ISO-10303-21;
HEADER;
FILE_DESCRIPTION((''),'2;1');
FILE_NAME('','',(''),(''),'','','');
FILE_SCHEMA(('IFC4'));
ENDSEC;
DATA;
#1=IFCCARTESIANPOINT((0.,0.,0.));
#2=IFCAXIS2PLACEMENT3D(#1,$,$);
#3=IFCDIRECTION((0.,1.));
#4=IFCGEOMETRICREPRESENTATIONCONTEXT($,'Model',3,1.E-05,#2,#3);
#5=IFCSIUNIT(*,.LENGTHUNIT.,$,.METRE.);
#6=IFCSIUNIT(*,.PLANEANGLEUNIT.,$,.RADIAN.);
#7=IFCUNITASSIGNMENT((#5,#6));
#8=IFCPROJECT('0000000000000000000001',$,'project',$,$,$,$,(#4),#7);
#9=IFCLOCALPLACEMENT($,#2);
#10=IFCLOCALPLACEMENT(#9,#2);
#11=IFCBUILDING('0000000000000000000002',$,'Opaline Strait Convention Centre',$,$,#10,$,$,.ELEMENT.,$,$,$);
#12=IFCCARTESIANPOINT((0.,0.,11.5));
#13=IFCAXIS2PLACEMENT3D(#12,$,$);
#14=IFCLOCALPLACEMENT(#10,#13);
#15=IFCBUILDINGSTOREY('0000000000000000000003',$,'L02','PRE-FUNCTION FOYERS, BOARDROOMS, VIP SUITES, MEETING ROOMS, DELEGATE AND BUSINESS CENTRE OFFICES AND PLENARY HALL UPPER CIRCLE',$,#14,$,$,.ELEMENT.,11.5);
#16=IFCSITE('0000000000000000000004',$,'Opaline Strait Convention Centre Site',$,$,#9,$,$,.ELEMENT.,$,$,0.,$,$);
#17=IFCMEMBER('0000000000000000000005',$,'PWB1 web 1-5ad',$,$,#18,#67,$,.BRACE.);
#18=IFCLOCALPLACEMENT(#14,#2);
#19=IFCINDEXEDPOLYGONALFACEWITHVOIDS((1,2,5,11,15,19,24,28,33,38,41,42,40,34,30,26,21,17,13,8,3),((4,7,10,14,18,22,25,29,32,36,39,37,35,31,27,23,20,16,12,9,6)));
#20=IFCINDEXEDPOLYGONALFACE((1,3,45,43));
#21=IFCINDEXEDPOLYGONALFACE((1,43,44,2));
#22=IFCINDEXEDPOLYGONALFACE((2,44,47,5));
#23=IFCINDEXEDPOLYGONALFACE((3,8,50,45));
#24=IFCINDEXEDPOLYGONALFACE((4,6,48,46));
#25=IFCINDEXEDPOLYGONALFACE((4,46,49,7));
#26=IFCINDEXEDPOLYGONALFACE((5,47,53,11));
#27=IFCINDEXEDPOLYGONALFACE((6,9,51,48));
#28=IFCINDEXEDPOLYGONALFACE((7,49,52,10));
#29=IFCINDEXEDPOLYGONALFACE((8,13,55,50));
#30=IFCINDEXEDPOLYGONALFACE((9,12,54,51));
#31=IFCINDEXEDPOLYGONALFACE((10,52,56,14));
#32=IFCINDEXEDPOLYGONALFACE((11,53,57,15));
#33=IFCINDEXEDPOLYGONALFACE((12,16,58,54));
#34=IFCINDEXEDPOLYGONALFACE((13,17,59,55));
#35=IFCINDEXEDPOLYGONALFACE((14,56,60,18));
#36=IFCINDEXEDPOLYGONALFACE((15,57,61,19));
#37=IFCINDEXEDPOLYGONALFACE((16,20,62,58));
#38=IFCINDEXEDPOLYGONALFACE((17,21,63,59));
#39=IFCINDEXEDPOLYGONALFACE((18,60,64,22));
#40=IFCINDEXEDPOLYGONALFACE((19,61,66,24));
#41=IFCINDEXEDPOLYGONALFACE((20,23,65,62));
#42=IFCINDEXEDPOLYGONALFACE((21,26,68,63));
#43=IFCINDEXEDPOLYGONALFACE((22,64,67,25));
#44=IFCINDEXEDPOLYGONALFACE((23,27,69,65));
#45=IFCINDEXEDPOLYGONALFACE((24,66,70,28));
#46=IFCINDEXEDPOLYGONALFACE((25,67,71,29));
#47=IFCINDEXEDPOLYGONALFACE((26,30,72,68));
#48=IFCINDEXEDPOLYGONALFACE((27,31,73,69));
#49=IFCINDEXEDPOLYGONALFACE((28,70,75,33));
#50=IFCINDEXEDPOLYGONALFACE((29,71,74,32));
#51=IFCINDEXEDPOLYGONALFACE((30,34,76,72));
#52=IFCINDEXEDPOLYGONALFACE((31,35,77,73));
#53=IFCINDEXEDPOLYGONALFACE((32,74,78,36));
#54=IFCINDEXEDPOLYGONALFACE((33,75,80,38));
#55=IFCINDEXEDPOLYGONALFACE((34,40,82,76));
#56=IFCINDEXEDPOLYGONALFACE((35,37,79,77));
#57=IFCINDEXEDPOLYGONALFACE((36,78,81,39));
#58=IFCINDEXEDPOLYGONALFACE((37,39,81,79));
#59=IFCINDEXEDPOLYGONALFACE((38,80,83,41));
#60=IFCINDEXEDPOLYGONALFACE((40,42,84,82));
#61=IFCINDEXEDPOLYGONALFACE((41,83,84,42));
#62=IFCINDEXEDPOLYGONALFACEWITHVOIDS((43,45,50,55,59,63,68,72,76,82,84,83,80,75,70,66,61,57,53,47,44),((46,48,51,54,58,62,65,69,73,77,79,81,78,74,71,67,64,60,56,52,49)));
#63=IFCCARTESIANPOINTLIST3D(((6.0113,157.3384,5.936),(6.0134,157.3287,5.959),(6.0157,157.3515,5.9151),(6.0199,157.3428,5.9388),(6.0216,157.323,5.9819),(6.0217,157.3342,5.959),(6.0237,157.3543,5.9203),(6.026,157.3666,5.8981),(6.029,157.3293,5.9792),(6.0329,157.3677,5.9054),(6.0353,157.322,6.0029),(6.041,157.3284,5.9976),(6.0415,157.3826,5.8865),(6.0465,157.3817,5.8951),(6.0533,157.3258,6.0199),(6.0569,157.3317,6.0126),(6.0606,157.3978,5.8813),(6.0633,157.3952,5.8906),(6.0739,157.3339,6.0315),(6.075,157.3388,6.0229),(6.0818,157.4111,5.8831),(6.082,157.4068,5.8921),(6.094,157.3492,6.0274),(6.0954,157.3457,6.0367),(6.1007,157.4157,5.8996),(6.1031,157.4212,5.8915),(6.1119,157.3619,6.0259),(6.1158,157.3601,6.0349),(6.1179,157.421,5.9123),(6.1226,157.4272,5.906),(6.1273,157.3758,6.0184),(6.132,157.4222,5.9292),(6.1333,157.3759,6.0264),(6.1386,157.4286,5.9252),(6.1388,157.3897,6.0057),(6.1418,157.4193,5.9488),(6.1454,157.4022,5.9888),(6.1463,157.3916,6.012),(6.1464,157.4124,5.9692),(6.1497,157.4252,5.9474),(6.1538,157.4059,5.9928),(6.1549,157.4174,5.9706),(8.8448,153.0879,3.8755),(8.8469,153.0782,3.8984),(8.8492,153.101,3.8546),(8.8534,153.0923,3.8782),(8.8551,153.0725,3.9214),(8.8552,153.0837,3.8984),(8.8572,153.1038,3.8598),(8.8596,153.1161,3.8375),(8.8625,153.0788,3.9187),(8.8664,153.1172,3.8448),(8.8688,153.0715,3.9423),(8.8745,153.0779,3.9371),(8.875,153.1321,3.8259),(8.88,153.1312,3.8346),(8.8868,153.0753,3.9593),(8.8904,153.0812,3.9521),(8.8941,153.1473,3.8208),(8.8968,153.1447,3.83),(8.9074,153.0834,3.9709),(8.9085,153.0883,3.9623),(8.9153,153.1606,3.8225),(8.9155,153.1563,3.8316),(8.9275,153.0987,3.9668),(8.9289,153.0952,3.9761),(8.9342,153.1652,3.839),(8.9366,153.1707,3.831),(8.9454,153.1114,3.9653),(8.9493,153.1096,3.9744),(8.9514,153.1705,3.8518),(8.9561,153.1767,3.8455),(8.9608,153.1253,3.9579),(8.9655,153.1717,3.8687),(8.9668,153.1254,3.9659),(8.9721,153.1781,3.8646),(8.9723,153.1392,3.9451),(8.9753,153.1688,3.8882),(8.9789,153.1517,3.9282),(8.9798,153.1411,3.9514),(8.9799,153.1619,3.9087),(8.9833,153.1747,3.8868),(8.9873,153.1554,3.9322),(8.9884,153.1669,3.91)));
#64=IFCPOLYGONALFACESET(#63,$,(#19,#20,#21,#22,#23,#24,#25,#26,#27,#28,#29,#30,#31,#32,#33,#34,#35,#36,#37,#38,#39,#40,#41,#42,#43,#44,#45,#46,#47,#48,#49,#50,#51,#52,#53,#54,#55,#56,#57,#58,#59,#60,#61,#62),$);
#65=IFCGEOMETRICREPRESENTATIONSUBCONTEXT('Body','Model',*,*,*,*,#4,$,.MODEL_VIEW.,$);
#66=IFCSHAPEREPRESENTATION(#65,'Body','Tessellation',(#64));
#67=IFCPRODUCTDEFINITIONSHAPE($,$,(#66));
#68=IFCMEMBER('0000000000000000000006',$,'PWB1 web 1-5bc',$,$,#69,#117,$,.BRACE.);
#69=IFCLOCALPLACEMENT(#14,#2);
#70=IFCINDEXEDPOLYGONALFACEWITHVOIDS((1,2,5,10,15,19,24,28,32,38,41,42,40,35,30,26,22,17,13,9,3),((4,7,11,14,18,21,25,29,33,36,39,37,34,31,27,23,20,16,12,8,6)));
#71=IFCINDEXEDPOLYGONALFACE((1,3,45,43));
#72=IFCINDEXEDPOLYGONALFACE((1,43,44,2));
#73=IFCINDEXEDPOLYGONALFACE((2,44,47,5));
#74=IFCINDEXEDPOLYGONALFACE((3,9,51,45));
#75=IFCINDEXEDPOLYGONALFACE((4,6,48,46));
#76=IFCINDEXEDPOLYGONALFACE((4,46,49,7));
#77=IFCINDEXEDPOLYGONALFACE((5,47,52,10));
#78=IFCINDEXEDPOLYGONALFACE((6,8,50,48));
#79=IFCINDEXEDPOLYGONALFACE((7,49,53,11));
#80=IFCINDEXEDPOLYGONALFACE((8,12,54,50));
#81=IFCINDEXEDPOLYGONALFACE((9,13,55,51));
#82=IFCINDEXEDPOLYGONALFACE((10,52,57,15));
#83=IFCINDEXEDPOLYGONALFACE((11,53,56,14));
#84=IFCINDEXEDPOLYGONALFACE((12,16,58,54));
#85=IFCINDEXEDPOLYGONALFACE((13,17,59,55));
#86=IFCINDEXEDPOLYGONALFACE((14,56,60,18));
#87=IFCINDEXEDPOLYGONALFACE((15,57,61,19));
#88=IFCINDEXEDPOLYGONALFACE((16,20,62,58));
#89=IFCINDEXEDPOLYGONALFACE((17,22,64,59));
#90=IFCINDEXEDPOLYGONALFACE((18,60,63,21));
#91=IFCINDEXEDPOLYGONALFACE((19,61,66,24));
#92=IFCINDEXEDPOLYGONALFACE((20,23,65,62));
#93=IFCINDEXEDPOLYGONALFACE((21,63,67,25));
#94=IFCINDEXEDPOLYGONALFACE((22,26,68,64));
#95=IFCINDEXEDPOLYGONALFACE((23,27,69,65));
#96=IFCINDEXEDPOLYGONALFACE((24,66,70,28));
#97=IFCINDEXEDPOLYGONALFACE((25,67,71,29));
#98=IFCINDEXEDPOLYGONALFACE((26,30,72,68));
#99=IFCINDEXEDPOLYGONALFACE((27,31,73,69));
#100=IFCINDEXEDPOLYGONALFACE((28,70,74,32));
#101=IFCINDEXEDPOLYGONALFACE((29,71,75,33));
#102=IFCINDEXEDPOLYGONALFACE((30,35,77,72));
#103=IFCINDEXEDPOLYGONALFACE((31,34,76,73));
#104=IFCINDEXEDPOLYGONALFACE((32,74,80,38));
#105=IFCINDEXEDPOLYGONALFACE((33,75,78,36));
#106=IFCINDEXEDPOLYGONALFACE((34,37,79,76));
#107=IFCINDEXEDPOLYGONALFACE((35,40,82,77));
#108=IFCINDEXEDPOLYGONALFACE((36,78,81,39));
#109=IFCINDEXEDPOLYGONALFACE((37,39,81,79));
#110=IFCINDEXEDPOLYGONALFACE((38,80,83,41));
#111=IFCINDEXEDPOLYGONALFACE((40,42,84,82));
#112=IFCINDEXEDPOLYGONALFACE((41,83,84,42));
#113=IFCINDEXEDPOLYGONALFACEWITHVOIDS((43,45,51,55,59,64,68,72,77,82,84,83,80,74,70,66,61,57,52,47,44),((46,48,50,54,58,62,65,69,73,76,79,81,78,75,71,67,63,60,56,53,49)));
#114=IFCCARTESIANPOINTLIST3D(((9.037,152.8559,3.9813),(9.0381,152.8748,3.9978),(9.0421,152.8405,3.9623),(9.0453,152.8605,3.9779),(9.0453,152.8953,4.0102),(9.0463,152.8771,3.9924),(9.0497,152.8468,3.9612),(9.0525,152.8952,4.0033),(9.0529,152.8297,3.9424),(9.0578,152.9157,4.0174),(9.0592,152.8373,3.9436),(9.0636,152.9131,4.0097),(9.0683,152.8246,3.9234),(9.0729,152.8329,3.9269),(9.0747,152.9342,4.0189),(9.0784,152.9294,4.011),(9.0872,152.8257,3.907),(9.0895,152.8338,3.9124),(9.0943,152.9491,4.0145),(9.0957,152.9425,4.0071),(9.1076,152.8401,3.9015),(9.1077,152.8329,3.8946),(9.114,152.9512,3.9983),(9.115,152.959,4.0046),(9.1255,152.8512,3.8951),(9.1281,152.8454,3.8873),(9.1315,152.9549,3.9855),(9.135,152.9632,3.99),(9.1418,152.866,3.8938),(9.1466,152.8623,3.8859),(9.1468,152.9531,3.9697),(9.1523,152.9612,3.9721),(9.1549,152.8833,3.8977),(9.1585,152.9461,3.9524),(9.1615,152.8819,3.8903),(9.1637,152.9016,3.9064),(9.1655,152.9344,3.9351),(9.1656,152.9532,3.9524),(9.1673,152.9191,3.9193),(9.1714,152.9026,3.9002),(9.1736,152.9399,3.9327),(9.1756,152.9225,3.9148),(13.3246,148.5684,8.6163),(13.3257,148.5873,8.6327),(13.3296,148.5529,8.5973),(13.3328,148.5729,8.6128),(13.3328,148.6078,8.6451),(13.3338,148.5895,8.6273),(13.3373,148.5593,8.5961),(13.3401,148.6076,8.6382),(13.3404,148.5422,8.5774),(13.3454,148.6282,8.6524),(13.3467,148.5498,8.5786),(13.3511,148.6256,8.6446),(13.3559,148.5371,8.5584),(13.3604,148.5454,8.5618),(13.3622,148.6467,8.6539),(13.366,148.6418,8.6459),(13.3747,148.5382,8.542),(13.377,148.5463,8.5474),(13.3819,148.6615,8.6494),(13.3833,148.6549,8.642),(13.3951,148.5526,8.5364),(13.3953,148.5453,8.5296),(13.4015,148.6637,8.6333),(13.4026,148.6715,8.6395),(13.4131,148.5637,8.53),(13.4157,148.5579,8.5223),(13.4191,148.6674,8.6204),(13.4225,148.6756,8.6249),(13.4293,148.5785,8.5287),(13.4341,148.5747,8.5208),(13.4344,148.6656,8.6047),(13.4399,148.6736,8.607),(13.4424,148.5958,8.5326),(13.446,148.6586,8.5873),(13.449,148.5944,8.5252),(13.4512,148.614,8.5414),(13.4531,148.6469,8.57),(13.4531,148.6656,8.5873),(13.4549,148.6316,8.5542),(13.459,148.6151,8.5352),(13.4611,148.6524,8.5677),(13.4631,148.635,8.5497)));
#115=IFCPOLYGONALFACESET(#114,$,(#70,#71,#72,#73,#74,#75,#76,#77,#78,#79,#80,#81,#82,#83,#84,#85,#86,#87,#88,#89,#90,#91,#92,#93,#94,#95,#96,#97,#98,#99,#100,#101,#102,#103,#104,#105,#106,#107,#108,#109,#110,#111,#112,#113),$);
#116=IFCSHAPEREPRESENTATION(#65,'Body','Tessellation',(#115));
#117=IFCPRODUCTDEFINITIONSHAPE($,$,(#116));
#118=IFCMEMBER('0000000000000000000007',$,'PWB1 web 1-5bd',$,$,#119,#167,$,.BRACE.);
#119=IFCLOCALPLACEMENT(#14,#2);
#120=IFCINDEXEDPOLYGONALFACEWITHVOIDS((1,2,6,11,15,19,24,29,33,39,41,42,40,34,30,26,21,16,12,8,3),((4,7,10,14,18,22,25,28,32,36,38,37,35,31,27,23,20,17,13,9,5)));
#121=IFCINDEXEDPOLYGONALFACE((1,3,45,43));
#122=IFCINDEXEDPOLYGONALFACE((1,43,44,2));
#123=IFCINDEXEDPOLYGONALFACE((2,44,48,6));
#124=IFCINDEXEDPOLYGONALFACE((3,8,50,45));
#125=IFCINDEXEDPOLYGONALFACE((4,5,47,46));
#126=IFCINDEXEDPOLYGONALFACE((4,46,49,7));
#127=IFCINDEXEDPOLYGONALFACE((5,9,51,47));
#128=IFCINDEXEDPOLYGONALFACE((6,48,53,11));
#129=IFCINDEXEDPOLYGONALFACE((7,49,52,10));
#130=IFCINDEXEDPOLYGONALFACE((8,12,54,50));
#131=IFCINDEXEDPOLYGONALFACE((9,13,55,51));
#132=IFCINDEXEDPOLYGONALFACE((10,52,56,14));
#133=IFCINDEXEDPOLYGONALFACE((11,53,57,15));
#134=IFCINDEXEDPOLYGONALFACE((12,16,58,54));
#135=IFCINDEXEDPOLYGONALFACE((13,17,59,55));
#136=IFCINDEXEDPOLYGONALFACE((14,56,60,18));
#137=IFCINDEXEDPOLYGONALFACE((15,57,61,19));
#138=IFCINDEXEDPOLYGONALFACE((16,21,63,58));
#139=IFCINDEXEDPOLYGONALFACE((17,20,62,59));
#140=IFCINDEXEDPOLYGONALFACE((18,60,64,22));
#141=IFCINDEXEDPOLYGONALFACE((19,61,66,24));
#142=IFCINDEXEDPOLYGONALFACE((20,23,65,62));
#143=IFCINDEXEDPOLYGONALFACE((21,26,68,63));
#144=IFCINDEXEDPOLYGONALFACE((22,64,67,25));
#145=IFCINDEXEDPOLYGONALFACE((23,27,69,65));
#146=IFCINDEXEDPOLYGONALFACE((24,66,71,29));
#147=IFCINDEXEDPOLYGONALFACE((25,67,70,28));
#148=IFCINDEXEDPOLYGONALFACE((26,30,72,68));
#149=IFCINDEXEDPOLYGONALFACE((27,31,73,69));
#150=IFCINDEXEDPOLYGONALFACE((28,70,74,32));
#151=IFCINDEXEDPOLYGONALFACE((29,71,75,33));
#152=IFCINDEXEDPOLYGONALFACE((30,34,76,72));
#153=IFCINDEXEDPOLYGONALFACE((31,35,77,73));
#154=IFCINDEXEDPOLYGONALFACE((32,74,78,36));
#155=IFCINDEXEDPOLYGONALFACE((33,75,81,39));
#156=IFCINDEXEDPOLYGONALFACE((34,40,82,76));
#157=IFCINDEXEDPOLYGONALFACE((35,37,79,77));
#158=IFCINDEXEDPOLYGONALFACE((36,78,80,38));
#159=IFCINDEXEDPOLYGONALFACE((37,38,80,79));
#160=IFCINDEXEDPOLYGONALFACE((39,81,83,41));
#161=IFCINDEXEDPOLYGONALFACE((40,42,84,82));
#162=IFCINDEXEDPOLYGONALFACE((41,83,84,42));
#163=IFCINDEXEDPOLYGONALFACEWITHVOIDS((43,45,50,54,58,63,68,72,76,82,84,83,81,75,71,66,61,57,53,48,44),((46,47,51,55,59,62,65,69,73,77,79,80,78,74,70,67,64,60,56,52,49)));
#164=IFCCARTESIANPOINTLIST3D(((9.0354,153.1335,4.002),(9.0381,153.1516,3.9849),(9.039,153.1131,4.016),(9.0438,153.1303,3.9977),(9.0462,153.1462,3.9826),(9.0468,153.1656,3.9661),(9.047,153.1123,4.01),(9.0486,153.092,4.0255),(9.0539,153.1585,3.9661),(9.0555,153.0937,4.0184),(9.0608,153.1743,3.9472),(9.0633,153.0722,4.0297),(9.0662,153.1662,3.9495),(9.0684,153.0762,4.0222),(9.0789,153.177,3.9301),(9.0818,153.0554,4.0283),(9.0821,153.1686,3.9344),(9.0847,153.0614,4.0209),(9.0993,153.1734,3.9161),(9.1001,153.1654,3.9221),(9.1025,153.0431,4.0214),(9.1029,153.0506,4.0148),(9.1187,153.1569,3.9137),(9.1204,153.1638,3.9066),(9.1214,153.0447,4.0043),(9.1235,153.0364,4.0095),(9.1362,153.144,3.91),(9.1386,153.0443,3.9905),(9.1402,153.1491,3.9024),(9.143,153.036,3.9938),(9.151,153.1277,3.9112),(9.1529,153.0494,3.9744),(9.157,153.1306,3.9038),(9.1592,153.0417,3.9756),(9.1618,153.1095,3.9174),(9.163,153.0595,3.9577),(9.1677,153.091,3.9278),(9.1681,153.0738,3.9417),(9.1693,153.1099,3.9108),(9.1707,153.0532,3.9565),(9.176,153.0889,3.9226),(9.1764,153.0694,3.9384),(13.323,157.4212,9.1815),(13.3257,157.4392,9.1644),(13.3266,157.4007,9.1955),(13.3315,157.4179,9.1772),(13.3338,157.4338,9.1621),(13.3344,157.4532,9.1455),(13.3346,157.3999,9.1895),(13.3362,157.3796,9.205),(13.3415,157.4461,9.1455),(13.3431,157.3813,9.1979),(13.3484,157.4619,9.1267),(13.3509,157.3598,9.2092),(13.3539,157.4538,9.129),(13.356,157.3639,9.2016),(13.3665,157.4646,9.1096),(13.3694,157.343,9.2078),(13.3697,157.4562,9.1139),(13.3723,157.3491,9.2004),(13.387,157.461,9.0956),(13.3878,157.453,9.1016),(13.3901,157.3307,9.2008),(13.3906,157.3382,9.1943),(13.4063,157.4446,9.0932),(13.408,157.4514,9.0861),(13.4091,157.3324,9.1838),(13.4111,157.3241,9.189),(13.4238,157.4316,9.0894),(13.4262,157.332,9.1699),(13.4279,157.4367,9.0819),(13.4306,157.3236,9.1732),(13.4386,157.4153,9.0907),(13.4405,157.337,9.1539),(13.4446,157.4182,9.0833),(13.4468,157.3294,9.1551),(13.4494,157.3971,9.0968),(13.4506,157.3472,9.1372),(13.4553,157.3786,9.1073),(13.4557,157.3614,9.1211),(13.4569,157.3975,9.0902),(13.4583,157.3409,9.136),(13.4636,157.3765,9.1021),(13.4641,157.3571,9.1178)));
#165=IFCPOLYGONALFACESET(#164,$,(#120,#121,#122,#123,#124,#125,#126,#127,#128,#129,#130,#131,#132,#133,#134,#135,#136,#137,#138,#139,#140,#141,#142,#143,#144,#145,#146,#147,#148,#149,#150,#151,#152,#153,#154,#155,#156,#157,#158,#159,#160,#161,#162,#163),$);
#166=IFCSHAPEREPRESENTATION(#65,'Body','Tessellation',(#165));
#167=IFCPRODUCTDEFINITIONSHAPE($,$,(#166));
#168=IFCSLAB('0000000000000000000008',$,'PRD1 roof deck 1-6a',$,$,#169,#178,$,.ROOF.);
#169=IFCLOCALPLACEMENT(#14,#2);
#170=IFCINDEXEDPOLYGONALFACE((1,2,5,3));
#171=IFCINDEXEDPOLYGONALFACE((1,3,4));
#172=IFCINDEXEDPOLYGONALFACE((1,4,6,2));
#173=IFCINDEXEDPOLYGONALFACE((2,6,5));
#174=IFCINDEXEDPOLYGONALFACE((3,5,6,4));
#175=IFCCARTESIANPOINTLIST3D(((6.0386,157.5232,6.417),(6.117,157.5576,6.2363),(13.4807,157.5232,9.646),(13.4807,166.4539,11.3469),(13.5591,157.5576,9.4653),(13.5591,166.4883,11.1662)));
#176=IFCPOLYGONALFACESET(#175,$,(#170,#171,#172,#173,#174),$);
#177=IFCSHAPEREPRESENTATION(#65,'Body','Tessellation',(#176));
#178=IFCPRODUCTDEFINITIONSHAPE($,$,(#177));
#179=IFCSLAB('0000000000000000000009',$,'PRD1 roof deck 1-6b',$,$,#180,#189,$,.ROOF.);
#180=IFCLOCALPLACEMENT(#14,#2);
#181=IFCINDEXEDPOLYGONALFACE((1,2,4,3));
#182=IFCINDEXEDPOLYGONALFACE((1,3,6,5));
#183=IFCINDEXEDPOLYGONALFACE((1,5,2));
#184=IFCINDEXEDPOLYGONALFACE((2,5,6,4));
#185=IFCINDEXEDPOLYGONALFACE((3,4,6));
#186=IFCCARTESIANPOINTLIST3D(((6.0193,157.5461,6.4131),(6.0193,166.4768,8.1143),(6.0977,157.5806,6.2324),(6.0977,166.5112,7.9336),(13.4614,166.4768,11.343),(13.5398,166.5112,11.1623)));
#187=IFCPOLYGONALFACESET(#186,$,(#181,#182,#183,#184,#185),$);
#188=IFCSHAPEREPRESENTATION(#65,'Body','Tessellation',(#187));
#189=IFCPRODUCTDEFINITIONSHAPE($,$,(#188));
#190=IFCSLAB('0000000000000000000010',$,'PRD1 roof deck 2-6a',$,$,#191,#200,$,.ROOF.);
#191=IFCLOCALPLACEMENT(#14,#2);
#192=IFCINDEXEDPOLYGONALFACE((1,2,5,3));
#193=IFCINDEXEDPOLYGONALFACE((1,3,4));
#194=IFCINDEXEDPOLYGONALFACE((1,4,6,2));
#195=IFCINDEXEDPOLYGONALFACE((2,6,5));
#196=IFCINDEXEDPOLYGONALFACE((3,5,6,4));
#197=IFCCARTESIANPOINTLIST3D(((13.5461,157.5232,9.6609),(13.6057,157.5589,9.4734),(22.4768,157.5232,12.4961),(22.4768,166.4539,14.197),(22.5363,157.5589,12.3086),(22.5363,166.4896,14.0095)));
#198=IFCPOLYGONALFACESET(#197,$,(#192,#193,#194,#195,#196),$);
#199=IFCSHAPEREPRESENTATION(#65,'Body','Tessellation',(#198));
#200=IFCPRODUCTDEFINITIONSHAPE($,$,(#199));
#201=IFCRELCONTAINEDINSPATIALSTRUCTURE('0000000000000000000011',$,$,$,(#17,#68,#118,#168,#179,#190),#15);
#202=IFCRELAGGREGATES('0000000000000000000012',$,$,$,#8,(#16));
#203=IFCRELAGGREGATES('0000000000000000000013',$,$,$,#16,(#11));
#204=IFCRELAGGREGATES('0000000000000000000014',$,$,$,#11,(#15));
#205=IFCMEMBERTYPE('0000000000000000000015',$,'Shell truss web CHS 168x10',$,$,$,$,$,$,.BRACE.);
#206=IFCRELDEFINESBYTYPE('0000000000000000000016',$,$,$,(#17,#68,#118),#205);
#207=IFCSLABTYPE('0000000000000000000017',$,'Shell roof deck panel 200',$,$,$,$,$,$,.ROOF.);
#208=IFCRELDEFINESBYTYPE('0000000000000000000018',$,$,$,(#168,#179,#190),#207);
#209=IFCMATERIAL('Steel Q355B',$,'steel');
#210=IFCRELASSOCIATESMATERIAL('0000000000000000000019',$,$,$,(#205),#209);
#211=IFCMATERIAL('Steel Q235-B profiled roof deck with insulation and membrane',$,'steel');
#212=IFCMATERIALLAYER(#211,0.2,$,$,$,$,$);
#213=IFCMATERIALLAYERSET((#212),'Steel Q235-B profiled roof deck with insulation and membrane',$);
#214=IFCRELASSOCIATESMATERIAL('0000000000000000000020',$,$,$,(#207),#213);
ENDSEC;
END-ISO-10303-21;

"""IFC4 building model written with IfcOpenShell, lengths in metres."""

from ifc_helpers import new_model, si_unit, direction, frame, origin, origin_2d, place, context, subcontext, project, spatial, polyline, hollow_circle, outline, extrude, material, layer, layer_set, material_profile, profile_set, type_object, element, save


model = new_model("IFC4")

# Units and contexts
model_context = context("Model", 3, precision=1e-05, world=origin(), true_north=direction((0.0, 1.0)))
body_context = subcontext(model_context, "Body", "Model", "MODEL_VIEW")
ifc_project = project(units=[si_unit("LENGTHUNIT", "METRE"), si_unit("PLANEANGLEUNIT", "RADIAN")], contexts=[model_context])

# Site, building, storey
site_placement = place(None, origin())
site = spatial("IfcSite", under=ifc_project, at=site_placement, Name="Opaline Strait Convention Centre Site", CompositionType="ELEMENT", RefElevation=0.0)
building_placement = place(site_placement, origin())
building = spatial("IfcBuilding", under=site, at=building_placement, Name="Opaline Strait Convention Centre", CompositionType="ELEMENT")
storey_placement = place(building_placement, frame((0.0, 0.0, 11.5)))
storey = spatial("IfcBuildingStorey", under=building, at=storey_placement, Name="L02", Description="PRE-FUNCTION FOYERS, BOARDROOMS, VIP SUITES, MEETING ROOMS, DELEGATE AND BUSINESS CENTRE OFFICES AND PLENARY HALL UPPER CIRCLE", CompositionType="ELEMENT", Elevation=11.5)

# Members
ifc_material_1 = material(Name="Steel Q355B", Category="steel")
ifc_material_profile_1 = material_profile(ifc_material_1, hollow_circle(Radius=0.084, WallThickness=0.01, at=origin_2d()), Name="CHS 168x10")
ifc_profile_set_1 = profile_set([ifc_material_profile_1], Name="Steel Q355B")
member_type_1 = type_object("IfcMemberType", Name="Shell truss web CHS 168x10", PredefinedType="BRACE", material=ifc_profile_set_1)
member_1_placement = place(storey_placement, frame((8.9167, 153.1248, 3.8984), z_axis=(-0.514406, 0.771654, 0.374081), x_axis=(-0.832065, -0.554678, 0.0)))
element("IfcMember", 1, at=member_1_placement, inside=storey, type_object=member_type_1, Name="PWB1 web 1-5ad", PredefinedType="BRACE", context=body_context, shape_type="SweptSolid", body=[
    extrude(hollow_circle(Radius=0.084, WallThickness=0.01, at=origin_2d()), origin(), (0.0, 0.0, 1.0), 5.5083),
])
member_2_placement = place(storey_placement, frame((9.1062, 152.8938, 3.9524), z_axis=(0.561778, -0.561778, 0.607298), x_axis=(0.707107, 0.707107, 0.0)))
element("IfcMember", 2, at=member_2_placement, inside=storey, type_object=member_type_1, Name="PWB1 web 1-5bc", PredefinedType="BRACE", context=body_context, shape_type="SweptSolid", body=[
    extrude(hollow_circle(Radius=0.084, WallThickness=0.01, at=origin_2d()), origin(), (0.0, 0.0, 1.0), 7.6321),
])
member_3_placement = place(storey_placement, frame((9.1062, 153.1062, 3.9661), z_axis=(0.537659, 0.537659, 0.649496), x_axis=(-0.707107, 0.707107, 0.0)))
element("IfcMember", 3, at=member_3_placement, inside=storey, type_object=member_type_1, Name="PWB1 web 1-5bd", PredefinedType="BRACE", context=body_context, shape_type="SweptSolid", body=[
    extrude(hollow_circle(Radius=0.084, WallThickness=0.01, at=origin_2d()), origin(), (0.0, 0.0, 1.0), 7.9746),
])

# Slabs
ifc_material_2 = material(Name="Steel Q235-B profiled roof deck with insulation and membrane", Category="steel")
ifc_layer_1 = layer(ifc_material_2, 0.2)
ifc_layer_set_1 = layer_set([ifc_layer_1], Name="Steel Q235-B profiled roof deck with insulation and membrane")
slab_type = type_object("IfcSlabType", Name="Shell roof deck panel 200", PredefinedType="ROOF", material=ifc_layer_set_1)
slab_1_placement = place(storey_placement, frame((6.0386, 157.5232, 6.417), z_axis=(-0.392091, -0.172115, 0.903682), x_axis=(0.917372, 0.0, 0.398031)))
element("IfcSlab", 4, at=slab_1_placement, inside=storey, type_object=slab_type, Name="PRD1 roof deck 1-6a", PredefinedType="ROOF", context=body_context, shape_type="SweptSolid", body=[
    extrude(outline(polyline([(0.0, 0.0), (8.1125, 0.0), (8.7895, 9.066), (0.0, 0.0)])), origin(), (0.0, 0.0, -1.0), 0.2),
])
slab_2_placement = place(storey_placement, frame((6.0193, 157.5461, 6.4131), z_axis=(-0.392064, -0.172141, 0.903689), x_axis=(0.589373, 0.707256, 0.390421)))
element("IfcSlab", 5, at=slab_2_placement, inside=storey, type_object=slab_type, Name="PRD1 roof deck 1-6b", PredefinedType="ROOF", context=body_context, shape_type="SweptSolid", body=[
    extrude(outline(polyline([(0.0, 0.0), (12.6272, 0.0), (6.9804, 5.8245), (0.0, 0.0)])), origin(), (0.0, 0.0, -1.0), 0.2),
])
slab_3_placement = place(storey_placement, frame((13.5461, 157.5232, 9.6609), z_axis=(-0.297721, -0.178612, 0.937795), x_axis=(0.953122, 0.0, 0.302586)))
element("IfcSlab", 6, at=slab_3_placement, inside=storey, type_object=slab_type, Name="PRD1 roof deck 2-6a", PredefinedType="ROOF", context=body_context, shape_type="SweptSolid", body=[
    extrude(outline(polyline([(0.0, 0.0), (9.3699, 0.0), (9.8846, 9.0766), (0.0, 0.0)])), origin(), (0.0, 0.0, -1.0), 0.2),
])

save(model, "model.ifc")
